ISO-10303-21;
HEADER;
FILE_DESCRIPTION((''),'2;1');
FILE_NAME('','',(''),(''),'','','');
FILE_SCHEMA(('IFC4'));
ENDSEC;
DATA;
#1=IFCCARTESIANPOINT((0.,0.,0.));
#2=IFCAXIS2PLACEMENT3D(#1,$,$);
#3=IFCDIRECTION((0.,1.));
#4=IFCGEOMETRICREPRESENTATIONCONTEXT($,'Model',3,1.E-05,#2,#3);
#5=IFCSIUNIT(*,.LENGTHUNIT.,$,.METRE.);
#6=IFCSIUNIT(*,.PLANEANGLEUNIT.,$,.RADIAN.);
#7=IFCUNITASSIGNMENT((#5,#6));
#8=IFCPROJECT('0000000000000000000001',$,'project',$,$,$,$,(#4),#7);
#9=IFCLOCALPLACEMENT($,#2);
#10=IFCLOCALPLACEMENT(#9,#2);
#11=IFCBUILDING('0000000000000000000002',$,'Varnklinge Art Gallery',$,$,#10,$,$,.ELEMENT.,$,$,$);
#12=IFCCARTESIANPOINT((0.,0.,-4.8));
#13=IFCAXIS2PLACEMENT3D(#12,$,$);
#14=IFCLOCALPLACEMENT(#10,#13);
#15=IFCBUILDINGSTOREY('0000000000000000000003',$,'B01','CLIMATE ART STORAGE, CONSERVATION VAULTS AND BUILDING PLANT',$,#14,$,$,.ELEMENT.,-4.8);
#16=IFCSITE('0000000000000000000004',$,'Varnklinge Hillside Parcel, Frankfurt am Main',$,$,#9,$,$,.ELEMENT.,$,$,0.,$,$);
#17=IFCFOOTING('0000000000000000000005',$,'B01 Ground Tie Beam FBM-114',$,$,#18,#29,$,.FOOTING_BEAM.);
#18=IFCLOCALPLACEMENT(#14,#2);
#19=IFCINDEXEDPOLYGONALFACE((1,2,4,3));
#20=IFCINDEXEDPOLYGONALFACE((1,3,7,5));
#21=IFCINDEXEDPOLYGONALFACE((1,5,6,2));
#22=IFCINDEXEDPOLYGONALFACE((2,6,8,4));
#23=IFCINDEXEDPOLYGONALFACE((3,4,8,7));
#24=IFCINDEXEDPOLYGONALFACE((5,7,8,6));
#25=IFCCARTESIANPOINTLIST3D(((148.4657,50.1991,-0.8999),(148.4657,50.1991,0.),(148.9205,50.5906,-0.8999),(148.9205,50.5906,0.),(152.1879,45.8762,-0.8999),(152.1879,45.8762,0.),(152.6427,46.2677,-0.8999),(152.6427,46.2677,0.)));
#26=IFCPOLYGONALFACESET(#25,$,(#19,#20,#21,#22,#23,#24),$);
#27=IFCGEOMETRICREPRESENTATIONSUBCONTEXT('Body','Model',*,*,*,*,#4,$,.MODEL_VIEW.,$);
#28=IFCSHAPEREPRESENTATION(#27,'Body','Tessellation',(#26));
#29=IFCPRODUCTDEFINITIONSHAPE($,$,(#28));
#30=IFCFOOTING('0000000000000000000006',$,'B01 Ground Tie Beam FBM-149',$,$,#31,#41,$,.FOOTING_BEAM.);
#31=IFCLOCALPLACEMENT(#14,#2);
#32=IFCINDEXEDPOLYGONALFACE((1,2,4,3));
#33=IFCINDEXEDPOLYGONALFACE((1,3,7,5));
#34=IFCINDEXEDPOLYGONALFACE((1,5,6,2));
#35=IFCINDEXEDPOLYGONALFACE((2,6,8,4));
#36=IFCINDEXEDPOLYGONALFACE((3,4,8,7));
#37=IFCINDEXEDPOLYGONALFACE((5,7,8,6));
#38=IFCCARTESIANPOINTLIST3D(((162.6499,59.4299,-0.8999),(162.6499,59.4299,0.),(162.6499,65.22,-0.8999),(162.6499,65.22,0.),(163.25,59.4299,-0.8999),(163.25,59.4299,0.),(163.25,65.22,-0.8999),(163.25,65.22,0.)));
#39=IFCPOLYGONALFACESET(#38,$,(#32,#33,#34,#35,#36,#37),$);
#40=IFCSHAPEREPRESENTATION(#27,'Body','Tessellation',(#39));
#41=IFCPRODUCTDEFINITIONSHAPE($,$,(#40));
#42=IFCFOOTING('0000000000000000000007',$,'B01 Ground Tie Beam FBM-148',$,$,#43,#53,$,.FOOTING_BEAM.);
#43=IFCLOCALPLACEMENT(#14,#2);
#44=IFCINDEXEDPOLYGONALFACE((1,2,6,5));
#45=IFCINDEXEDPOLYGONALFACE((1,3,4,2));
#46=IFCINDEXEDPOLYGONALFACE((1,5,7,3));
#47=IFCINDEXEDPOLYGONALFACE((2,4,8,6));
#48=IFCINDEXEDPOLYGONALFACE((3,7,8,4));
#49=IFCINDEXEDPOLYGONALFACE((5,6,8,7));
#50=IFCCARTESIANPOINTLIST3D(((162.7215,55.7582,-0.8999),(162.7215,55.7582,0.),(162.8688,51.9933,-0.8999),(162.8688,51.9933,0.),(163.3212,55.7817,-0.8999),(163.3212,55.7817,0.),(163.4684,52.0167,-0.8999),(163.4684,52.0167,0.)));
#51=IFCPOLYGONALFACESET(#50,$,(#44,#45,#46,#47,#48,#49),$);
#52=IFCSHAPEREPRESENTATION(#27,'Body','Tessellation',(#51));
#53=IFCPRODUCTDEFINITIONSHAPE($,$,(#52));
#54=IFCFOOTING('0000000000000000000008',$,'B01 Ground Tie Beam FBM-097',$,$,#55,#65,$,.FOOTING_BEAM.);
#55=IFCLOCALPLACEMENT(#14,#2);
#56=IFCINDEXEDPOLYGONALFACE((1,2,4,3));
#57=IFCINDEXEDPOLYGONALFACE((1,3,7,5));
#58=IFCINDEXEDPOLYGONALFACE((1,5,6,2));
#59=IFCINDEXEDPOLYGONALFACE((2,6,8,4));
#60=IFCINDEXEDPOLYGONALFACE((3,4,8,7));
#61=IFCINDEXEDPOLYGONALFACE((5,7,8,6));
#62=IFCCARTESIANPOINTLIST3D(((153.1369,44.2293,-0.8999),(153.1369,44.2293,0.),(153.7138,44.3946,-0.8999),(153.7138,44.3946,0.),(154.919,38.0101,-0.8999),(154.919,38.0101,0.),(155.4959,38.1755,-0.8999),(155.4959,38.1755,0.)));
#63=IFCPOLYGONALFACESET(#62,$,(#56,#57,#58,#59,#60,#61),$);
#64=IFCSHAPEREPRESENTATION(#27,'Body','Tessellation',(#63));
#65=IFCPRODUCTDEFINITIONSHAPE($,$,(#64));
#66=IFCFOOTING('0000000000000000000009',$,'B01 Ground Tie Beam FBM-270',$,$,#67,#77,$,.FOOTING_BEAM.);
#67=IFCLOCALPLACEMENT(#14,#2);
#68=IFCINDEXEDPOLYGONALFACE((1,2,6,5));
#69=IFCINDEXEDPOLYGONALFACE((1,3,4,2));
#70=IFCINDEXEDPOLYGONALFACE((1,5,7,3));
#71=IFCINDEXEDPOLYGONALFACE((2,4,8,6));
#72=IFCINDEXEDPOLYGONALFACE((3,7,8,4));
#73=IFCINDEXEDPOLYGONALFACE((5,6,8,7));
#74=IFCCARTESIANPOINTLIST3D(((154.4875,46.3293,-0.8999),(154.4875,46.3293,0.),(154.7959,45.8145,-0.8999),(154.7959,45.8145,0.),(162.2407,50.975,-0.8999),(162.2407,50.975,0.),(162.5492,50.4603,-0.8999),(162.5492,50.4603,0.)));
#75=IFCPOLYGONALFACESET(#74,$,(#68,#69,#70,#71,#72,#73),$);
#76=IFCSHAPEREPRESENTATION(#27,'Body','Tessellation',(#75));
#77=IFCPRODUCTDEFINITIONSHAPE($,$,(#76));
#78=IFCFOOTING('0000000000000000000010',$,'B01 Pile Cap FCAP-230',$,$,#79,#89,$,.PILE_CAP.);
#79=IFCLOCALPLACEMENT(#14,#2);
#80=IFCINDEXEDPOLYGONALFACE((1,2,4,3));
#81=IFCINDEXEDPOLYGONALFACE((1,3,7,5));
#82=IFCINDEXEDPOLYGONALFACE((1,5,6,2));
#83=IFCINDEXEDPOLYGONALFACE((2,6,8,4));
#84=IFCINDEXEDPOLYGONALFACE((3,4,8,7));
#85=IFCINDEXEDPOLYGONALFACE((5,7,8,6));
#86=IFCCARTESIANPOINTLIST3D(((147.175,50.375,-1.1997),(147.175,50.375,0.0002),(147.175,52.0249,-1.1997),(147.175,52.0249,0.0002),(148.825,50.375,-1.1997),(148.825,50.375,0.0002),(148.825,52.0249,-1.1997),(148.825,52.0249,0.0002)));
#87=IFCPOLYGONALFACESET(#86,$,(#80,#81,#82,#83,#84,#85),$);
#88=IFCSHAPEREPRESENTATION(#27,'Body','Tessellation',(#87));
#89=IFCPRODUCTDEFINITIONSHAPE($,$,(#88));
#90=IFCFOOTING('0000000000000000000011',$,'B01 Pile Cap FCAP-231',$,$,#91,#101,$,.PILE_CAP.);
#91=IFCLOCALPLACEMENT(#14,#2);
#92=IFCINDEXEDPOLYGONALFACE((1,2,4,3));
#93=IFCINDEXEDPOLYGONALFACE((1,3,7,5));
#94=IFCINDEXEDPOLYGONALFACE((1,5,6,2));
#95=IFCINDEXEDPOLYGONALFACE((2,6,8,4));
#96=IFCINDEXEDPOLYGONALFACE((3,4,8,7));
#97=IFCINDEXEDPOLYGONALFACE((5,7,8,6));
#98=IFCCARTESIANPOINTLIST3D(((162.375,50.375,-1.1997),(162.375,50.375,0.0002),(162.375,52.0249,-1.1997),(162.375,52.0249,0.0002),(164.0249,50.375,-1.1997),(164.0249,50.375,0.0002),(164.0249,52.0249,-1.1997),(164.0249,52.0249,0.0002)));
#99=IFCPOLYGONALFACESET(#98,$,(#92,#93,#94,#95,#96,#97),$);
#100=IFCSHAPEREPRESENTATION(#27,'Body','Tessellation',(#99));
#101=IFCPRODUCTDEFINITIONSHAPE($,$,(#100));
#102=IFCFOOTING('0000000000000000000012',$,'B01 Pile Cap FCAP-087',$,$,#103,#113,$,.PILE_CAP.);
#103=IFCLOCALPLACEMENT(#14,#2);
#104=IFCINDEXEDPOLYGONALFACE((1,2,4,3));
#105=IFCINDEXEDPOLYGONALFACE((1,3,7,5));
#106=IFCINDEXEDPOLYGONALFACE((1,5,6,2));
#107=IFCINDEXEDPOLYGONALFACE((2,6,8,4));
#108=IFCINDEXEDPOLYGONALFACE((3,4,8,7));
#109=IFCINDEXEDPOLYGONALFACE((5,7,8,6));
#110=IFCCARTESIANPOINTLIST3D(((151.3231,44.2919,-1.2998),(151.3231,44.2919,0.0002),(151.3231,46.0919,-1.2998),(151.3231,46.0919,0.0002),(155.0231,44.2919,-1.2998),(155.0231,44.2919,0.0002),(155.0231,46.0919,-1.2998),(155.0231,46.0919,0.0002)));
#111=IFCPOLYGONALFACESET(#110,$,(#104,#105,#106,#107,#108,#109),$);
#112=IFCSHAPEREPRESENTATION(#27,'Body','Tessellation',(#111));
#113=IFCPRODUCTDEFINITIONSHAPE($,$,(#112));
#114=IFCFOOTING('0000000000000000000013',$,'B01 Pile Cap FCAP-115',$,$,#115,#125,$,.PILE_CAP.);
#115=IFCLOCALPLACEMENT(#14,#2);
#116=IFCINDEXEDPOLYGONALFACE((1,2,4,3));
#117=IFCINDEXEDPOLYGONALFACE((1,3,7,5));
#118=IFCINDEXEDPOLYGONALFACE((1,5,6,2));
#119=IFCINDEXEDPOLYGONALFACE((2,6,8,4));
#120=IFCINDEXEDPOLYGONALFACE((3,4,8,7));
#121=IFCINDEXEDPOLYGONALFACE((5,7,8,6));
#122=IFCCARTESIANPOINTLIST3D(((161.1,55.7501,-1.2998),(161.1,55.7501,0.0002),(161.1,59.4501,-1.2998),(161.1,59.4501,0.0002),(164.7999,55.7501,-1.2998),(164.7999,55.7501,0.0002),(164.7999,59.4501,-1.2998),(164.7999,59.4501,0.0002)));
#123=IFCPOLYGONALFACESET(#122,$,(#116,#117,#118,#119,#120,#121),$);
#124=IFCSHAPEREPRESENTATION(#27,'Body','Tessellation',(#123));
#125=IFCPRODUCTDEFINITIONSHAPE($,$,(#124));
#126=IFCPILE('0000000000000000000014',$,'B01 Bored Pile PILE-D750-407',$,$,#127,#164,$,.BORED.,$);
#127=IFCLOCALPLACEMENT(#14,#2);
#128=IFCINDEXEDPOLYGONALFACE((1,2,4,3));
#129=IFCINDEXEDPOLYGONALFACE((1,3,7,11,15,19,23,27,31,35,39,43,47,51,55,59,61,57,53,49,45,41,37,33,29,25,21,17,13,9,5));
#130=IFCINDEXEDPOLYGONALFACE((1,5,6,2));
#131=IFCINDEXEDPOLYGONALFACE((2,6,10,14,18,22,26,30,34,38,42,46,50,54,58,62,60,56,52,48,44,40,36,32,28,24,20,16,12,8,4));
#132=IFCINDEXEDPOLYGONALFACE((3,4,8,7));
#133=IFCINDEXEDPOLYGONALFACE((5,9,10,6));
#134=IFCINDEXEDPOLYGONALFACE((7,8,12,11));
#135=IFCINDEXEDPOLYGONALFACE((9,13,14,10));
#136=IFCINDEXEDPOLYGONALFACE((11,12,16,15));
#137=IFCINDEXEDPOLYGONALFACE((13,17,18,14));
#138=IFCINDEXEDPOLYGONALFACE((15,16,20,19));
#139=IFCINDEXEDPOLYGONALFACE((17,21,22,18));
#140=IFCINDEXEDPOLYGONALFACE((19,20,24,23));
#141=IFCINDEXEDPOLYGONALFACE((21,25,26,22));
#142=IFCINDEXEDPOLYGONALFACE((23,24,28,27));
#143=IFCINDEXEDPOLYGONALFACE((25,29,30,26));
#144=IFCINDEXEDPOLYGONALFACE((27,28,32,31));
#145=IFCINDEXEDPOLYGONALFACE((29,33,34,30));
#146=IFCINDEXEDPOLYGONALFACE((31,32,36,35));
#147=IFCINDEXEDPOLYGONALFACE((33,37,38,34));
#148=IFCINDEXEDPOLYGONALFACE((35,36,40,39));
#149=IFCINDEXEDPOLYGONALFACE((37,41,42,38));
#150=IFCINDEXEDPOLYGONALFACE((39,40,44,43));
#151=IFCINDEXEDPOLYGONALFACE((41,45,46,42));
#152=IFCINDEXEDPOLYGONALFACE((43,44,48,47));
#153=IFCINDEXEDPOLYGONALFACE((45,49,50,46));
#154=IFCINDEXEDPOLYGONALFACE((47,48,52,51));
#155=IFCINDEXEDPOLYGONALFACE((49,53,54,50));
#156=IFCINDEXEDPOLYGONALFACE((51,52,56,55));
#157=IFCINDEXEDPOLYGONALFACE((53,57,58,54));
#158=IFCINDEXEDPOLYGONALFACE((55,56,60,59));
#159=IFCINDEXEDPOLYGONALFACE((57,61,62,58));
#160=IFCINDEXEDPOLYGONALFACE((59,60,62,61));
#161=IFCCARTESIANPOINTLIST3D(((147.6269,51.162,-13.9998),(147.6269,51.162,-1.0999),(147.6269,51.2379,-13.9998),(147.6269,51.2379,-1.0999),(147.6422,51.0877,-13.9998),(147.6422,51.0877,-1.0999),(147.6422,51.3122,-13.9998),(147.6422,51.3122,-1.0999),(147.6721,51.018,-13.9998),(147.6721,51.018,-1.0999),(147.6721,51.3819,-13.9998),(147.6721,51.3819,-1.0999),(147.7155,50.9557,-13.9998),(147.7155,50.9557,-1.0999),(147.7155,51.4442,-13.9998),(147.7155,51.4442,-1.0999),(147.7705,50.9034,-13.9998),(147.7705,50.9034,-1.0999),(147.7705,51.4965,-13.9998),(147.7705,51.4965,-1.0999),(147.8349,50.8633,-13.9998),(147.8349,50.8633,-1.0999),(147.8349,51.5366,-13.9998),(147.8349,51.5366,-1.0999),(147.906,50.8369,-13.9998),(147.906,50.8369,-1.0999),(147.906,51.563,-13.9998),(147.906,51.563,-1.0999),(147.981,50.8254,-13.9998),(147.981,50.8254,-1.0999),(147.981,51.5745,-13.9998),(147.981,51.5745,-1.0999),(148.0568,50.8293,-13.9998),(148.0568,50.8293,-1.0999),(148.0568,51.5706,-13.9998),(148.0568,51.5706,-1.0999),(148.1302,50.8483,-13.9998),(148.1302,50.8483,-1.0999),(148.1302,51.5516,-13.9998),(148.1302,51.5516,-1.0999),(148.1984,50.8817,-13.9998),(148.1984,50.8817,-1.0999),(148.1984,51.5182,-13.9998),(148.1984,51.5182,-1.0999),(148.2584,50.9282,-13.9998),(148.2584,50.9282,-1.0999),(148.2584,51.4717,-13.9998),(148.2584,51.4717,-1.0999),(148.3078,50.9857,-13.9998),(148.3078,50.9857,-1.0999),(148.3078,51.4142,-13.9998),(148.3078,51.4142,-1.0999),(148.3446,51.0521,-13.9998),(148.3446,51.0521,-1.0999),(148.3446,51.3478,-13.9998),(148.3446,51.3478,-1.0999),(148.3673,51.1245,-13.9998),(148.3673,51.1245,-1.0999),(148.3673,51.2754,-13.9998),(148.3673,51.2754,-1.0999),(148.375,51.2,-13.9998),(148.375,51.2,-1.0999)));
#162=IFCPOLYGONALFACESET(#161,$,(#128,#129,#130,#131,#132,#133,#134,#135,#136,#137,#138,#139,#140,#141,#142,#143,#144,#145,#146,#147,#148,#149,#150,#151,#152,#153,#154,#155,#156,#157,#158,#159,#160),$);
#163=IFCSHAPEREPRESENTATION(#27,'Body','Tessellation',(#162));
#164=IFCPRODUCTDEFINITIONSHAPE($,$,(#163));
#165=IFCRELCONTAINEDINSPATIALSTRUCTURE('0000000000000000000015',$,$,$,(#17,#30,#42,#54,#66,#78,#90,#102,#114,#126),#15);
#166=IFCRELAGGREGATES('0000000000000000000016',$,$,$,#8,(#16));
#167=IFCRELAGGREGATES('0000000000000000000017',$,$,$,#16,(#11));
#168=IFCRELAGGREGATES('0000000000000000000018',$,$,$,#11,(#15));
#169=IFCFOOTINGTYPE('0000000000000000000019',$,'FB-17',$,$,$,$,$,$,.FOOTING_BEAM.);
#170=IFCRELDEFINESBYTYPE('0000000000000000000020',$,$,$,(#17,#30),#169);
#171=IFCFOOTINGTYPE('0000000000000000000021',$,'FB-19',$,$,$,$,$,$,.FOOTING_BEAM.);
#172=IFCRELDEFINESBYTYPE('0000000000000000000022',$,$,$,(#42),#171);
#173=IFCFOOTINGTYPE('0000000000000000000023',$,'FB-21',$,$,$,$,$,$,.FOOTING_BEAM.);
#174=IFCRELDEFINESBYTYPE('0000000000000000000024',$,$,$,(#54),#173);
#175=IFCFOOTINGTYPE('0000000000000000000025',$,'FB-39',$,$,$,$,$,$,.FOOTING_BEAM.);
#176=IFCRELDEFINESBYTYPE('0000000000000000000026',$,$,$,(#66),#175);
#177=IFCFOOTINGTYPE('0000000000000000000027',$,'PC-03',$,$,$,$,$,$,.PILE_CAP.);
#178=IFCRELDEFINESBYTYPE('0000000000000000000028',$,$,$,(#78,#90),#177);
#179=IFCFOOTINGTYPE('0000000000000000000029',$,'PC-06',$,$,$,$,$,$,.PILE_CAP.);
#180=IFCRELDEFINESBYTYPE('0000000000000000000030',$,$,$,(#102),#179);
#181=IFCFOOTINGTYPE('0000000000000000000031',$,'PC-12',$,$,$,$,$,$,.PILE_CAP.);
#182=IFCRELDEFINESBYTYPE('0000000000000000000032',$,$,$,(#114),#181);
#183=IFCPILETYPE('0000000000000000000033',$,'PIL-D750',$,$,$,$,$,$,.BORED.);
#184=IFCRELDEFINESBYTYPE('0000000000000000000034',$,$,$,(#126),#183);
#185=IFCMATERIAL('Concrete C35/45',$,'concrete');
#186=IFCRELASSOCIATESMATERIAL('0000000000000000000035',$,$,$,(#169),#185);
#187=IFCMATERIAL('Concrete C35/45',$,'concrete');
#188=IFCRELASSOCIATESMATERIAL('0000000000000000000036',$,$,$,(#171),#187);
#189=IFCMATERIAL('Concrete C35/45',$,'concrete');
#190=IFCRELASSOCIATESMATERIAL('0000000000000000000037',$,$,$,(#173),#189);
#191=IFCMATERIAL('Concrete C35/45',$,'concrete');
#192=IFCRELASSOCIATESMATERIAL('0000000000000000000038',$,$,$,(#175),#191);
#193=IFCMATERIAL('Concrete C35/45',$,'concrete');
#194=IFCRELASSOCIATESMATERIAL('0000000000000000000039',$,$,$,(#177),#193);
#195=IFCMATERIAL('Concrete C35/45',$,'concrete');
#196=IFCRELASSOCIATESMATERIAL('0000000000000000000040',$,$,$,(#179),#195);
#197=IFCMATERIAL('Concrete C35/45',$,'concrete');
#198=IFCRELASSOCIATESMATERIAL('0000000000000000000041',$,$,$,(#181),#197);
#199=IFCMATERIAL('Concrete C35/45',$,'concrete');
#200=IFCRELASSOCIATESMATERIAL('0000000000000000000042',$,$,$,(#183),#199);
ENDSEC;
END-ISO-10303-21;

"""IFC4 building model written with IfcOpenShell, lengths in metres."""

from ifc_helpers import new_model, si_unit, direction, frame, origin, origin_2d, place, context, subcontext, project, spatial, rectangle, circle, extrude, material, material_profile, profile_set, type_object, element, save


model = new_model("IFC4")

# Units and contexts
model_context = context("Model", 3, precision=1e-05, world=origin(), true_north=direction((0.0, 1.0)))
body_context = subcontext(model_context, "Body", "Model", "MODEL_VIEW")
ifc_project = project(units=[si_unit("LENGTHUNIT", "METRE"), si_unit("PLANEANGLEUNIT", "RADIAN")], contexts=[model_context])

# Site, building, storey
site_placement = place(None, origin())
site = spatial("IfcSite", under=ifc_project, at=site_placement, Name="Varnklinge Hillside Parcel, Frankfurt am Main", CompositionType="ELEMENT", RefElevation=0.0)
building_placement = place(site_placement, origin())
building = spatial("IfcBuilding", under=site, at=building_placement, Name="Varnklinge Art Gallery", CompositionType="ELEMENT")
storey_placement = place(building_placement, frame((0.0, 0.0, -4.8)))
storey = spatial("IfcBuildingStorey", under=building, at=storey_placement, Name="B01", Description="CLIMATE ART STORAGE, CONSERVATION VAULTS AND BUILDING PLANT", CompositionType="ELEMENT", Elevation=-4.8)

# Footings
ifc_material_1 = material(Name="Concrete C35/45", Category="concrete")
footing_type_1 = type_object("IfcFootingType", Name="FB-17", PredefinedType="FOOTING_BEAM", material=ifc_material_1)
footing_1_placement = place(storey_placement, frame((150.5542, 48.2334, -0.8999), z_axis=(0.0, 0.0, 1.0), x_axis=(-0.652495, 0.757793, 0.0)))
element("IfcFooting", 1, at=footing_1_placement, inside=storey, type_object=footing_type_1, Name="B01 Ground Tie Beam FBM-114", PredefinedType="FOOTING_BEAM", context=body_context, shape_type="SweptSolid", body=[
    extrude(rectangle(XDim=5.7046, YDim=0.6001, at=origin_2d()), origin(), (0.0, 0.0, 1.0), 0.8999),
])
footing_2_placement = place(storey_placement, frame((162.95, 62.325, -0.8999), z_axis=(0.0, 0.0, 1.0), x_axis=(0.0, 1.0, 0.0)))
element("IfcFooting", 2, at=footing_2_placement, inside=storey, type_object=footing_type_1, Name="B01 Ground Tie Beam FBM-149", PredefinedType="FOOTING_BEAM", context=body_context, shape_type="SweptSolid", body=[
    extrude(rectangle(XDim=5.79, YDim=0.6001, at=origin_2d()), origin(), (0.0, 0.0, 1.0), 0.8999),
])
ifc_material_2 = material(Name="Concrete C35/45", Category="concrete")
footing_type_2 = type_object("IfcFootingType", Name="FB-19", PredefinedType="FOOTING_BEAM", material=ifc_material_2)
footing_3_placement = place(storey_placement, frame((163.095, 53.8875, -0.8999), z_axis=(0.0, 0.0, 1.0), x_axis=(0.039085, -0.999236, 0.0)))
element("IfcFooting", 3, at=footing_3_placement, inside=storey, type_object=footing_type_2, Name="B01 Ground Tie Beam FBM-148", PredefinedType="FOOTING_BEAM", context=body_context, shape_type="SweptSolid", body=[
    extrude(rectangle(XDim=3.7678, YDim=0.6001, at=origin_2d()), origin(), (0.0, 0.0, 1.0), 0.8999),
])
ifc_material_3 = material(Name="Concrete C35/45", Category="concrete")
footing_type_3 = type_object("IfcFootingType", Name="FB-21", PredefinedType="FOOTING_BEAM", material=ifc_material_3)
footing_4_placement = place(storey_placement, frame((154.3164, 41.2024, -0.8999), z_axis=(0.0, 0.0, 1.0), x_axis=(-0.27547, 0.96131, 0.0)))
element("IfcFooting", 4, at=footing_4_placement, inside=storey, type_object=footing_type_3, Name="B01 Ground Tie Beam FBM-097", PredefinedType="FOOTING_BEAM", context=body_context, shape_type="SweptSolid", body=[
    extrude(rectangle(XDim=6.4695, YDim=0.6001, at=origin_2d()), origin(), (0.0, 0.0, 1.0), 0.8999),
])
ifc_material_4 = material(Name="Concrete C35/45", Category="concrete")
footing_type_4 = type_object("IfcFootingType", Name="FB-39", PredefinedType="FOOTING_BEAM", material=ifc_material_4)
footing_5_placement = place(storey_placement, frame((158.5183, 48.3948, -0.8999), z_axis=(0.0, 0.0, 1.0), x_axis=(-0.857796, -0.51399, 0.0)))
element("IfcFooting", 5, at=footing_5_placement, inside=storey, type_object=footing_type_4, Name="B01 Ground Tie Beam FBM-270", PredefinedType="FOOTING_BEAM", context=body_context, shape_type="SweptSolid", body=[
    extrude(rectangle(XDim=9.0386, YDim=0.6001, at=origin_2d()), origin(), (0.0, 0.0, 1.0), 0.8999),
])
ifc_material_5 = material(Name="Concrete C35/45", Category="concrete")
footing_type_5 = type_object("IfcFootingType", Name="PC-03", PredefinedType="PILE_CAP", material=ifc_material_5)
for number, where, z_axis, x_axis, name in (
    (6, (148.0, 51.2, -1.1997), (0.0, 0.0, 1.0), (1.0, 0.0, 0.0), "B01 Pile Cap FCAP-230"),
    (7, (163.2, 51.2, -1.1997), (0.0, 0.0, 1.0), (1.0, 0.0, 0.0), "B01 Pile Cap FCAP-231"),
):
    element("IfcFooting", number, at=place(storey_placement, frame(where, z_axis=z_axis, x_axis=x_axis)), inside=storey, type_object=footing_type_5, Name=name, PredefinedType="PILE_CAP", context=body_context, shape_type="SweptSolid", body=[
        extrude(rectangle(XDim=1.6499, YDim=1.6499, at=origin_2d()), origin(), (0.0, 0.0, 1.0), 1.2),
    ])
ifc_material_6 = material(Name="Concrete C35/45", Category="concrete")
footing_type_6 = type_object("IfcFootingType", Name="PC-06", PredefinedType="PILE_CAP", material=ifc_material_6)
footing_6_placement = place(storey_placement, frame((153.1731, 45.1919, -1.2998), z_axis=(0.0, 0.0, 1.0), x_axis=(1.0, 0.0, 0.0)))
element("IfcFooting", 8, at=footing_6_placement, inside=storey, type_object=footing_type_6, Name="B01 Pile Cap FCAP-087", PredefinedType="PILE_CAP", context=body_context, shape_type="SweptSolid", body=[
    extrude(rectangle(XDim=3.7, YDim=1.8, at=origin_2d()), origin(), (0.0, 0.0, 1.0), 1.3),
])
ifc_material_7 = material(Name="Concrete C35/45", Category="concrete")
footing_type_7 = type_object("IfcFootingType", Name="PC-12", PredefinedType="PILE_CAP", material=ifc_material_7)
footing_7_placement = place(storey_placement, frame((162.95, 57.6001, -1.2998), z_axis=(0.0, 0.0, 1.0), x_axis=(1.0, 0.0, 0.0)))
element("IfcFooting", 9, at=footing_7_placement, inside=storey, type_object=footing_type_7, Name="B01 Pile Cap FCAP-115", PredefinedType="PILE_CAP", context=body_context, shape_type="SweptSolid", body=[
    extrude(rectangle(XDim=3.7, YDim=3.7, at=origin_2d()), origin(), (0.0, 0.0, 1.0), 1.3),
])

# Pile
ifc_material_8 = material(Name="Concrete C35/45", Category="concrete")
ifc_material_profile_1 = material_profile(ifc_material_8, circle(Radius=0.375, at=origin_2d()), Name="PILE D750")
ifc_profile_set_1 = profile_set([ifc_material_profile_1], Name="Concrete C35/45")
pile_type_1 = type_object("IfcPileType", Name="PIL-D750", PredefinedType="BORED", material=ifc_profile_set_1)
for number, where, z_axis, x_axis, name in (
    (10, (148.0, 51.2, -1.0999), (0.0, 0.0, -1.0), (1.0, 0.0, 0.0), "B01 Bored Pile PILE-D750-407"),
):
    element("IfcPile", number, at=place(storey_placement, frame(where, z_axis=z_axis, x_axis=x_axis)), inside=storey, type_object=pile_type_1, Name=name, PredefinedType="BORED", context=body_context, shape_type="SweptSolid", body=[
        extrude(circle(Radius=0.375, at=origin_2d()), origin(), (0.0, 0.0, 1.0), 12.8999),
    ])

save(model, "model.ifc")
